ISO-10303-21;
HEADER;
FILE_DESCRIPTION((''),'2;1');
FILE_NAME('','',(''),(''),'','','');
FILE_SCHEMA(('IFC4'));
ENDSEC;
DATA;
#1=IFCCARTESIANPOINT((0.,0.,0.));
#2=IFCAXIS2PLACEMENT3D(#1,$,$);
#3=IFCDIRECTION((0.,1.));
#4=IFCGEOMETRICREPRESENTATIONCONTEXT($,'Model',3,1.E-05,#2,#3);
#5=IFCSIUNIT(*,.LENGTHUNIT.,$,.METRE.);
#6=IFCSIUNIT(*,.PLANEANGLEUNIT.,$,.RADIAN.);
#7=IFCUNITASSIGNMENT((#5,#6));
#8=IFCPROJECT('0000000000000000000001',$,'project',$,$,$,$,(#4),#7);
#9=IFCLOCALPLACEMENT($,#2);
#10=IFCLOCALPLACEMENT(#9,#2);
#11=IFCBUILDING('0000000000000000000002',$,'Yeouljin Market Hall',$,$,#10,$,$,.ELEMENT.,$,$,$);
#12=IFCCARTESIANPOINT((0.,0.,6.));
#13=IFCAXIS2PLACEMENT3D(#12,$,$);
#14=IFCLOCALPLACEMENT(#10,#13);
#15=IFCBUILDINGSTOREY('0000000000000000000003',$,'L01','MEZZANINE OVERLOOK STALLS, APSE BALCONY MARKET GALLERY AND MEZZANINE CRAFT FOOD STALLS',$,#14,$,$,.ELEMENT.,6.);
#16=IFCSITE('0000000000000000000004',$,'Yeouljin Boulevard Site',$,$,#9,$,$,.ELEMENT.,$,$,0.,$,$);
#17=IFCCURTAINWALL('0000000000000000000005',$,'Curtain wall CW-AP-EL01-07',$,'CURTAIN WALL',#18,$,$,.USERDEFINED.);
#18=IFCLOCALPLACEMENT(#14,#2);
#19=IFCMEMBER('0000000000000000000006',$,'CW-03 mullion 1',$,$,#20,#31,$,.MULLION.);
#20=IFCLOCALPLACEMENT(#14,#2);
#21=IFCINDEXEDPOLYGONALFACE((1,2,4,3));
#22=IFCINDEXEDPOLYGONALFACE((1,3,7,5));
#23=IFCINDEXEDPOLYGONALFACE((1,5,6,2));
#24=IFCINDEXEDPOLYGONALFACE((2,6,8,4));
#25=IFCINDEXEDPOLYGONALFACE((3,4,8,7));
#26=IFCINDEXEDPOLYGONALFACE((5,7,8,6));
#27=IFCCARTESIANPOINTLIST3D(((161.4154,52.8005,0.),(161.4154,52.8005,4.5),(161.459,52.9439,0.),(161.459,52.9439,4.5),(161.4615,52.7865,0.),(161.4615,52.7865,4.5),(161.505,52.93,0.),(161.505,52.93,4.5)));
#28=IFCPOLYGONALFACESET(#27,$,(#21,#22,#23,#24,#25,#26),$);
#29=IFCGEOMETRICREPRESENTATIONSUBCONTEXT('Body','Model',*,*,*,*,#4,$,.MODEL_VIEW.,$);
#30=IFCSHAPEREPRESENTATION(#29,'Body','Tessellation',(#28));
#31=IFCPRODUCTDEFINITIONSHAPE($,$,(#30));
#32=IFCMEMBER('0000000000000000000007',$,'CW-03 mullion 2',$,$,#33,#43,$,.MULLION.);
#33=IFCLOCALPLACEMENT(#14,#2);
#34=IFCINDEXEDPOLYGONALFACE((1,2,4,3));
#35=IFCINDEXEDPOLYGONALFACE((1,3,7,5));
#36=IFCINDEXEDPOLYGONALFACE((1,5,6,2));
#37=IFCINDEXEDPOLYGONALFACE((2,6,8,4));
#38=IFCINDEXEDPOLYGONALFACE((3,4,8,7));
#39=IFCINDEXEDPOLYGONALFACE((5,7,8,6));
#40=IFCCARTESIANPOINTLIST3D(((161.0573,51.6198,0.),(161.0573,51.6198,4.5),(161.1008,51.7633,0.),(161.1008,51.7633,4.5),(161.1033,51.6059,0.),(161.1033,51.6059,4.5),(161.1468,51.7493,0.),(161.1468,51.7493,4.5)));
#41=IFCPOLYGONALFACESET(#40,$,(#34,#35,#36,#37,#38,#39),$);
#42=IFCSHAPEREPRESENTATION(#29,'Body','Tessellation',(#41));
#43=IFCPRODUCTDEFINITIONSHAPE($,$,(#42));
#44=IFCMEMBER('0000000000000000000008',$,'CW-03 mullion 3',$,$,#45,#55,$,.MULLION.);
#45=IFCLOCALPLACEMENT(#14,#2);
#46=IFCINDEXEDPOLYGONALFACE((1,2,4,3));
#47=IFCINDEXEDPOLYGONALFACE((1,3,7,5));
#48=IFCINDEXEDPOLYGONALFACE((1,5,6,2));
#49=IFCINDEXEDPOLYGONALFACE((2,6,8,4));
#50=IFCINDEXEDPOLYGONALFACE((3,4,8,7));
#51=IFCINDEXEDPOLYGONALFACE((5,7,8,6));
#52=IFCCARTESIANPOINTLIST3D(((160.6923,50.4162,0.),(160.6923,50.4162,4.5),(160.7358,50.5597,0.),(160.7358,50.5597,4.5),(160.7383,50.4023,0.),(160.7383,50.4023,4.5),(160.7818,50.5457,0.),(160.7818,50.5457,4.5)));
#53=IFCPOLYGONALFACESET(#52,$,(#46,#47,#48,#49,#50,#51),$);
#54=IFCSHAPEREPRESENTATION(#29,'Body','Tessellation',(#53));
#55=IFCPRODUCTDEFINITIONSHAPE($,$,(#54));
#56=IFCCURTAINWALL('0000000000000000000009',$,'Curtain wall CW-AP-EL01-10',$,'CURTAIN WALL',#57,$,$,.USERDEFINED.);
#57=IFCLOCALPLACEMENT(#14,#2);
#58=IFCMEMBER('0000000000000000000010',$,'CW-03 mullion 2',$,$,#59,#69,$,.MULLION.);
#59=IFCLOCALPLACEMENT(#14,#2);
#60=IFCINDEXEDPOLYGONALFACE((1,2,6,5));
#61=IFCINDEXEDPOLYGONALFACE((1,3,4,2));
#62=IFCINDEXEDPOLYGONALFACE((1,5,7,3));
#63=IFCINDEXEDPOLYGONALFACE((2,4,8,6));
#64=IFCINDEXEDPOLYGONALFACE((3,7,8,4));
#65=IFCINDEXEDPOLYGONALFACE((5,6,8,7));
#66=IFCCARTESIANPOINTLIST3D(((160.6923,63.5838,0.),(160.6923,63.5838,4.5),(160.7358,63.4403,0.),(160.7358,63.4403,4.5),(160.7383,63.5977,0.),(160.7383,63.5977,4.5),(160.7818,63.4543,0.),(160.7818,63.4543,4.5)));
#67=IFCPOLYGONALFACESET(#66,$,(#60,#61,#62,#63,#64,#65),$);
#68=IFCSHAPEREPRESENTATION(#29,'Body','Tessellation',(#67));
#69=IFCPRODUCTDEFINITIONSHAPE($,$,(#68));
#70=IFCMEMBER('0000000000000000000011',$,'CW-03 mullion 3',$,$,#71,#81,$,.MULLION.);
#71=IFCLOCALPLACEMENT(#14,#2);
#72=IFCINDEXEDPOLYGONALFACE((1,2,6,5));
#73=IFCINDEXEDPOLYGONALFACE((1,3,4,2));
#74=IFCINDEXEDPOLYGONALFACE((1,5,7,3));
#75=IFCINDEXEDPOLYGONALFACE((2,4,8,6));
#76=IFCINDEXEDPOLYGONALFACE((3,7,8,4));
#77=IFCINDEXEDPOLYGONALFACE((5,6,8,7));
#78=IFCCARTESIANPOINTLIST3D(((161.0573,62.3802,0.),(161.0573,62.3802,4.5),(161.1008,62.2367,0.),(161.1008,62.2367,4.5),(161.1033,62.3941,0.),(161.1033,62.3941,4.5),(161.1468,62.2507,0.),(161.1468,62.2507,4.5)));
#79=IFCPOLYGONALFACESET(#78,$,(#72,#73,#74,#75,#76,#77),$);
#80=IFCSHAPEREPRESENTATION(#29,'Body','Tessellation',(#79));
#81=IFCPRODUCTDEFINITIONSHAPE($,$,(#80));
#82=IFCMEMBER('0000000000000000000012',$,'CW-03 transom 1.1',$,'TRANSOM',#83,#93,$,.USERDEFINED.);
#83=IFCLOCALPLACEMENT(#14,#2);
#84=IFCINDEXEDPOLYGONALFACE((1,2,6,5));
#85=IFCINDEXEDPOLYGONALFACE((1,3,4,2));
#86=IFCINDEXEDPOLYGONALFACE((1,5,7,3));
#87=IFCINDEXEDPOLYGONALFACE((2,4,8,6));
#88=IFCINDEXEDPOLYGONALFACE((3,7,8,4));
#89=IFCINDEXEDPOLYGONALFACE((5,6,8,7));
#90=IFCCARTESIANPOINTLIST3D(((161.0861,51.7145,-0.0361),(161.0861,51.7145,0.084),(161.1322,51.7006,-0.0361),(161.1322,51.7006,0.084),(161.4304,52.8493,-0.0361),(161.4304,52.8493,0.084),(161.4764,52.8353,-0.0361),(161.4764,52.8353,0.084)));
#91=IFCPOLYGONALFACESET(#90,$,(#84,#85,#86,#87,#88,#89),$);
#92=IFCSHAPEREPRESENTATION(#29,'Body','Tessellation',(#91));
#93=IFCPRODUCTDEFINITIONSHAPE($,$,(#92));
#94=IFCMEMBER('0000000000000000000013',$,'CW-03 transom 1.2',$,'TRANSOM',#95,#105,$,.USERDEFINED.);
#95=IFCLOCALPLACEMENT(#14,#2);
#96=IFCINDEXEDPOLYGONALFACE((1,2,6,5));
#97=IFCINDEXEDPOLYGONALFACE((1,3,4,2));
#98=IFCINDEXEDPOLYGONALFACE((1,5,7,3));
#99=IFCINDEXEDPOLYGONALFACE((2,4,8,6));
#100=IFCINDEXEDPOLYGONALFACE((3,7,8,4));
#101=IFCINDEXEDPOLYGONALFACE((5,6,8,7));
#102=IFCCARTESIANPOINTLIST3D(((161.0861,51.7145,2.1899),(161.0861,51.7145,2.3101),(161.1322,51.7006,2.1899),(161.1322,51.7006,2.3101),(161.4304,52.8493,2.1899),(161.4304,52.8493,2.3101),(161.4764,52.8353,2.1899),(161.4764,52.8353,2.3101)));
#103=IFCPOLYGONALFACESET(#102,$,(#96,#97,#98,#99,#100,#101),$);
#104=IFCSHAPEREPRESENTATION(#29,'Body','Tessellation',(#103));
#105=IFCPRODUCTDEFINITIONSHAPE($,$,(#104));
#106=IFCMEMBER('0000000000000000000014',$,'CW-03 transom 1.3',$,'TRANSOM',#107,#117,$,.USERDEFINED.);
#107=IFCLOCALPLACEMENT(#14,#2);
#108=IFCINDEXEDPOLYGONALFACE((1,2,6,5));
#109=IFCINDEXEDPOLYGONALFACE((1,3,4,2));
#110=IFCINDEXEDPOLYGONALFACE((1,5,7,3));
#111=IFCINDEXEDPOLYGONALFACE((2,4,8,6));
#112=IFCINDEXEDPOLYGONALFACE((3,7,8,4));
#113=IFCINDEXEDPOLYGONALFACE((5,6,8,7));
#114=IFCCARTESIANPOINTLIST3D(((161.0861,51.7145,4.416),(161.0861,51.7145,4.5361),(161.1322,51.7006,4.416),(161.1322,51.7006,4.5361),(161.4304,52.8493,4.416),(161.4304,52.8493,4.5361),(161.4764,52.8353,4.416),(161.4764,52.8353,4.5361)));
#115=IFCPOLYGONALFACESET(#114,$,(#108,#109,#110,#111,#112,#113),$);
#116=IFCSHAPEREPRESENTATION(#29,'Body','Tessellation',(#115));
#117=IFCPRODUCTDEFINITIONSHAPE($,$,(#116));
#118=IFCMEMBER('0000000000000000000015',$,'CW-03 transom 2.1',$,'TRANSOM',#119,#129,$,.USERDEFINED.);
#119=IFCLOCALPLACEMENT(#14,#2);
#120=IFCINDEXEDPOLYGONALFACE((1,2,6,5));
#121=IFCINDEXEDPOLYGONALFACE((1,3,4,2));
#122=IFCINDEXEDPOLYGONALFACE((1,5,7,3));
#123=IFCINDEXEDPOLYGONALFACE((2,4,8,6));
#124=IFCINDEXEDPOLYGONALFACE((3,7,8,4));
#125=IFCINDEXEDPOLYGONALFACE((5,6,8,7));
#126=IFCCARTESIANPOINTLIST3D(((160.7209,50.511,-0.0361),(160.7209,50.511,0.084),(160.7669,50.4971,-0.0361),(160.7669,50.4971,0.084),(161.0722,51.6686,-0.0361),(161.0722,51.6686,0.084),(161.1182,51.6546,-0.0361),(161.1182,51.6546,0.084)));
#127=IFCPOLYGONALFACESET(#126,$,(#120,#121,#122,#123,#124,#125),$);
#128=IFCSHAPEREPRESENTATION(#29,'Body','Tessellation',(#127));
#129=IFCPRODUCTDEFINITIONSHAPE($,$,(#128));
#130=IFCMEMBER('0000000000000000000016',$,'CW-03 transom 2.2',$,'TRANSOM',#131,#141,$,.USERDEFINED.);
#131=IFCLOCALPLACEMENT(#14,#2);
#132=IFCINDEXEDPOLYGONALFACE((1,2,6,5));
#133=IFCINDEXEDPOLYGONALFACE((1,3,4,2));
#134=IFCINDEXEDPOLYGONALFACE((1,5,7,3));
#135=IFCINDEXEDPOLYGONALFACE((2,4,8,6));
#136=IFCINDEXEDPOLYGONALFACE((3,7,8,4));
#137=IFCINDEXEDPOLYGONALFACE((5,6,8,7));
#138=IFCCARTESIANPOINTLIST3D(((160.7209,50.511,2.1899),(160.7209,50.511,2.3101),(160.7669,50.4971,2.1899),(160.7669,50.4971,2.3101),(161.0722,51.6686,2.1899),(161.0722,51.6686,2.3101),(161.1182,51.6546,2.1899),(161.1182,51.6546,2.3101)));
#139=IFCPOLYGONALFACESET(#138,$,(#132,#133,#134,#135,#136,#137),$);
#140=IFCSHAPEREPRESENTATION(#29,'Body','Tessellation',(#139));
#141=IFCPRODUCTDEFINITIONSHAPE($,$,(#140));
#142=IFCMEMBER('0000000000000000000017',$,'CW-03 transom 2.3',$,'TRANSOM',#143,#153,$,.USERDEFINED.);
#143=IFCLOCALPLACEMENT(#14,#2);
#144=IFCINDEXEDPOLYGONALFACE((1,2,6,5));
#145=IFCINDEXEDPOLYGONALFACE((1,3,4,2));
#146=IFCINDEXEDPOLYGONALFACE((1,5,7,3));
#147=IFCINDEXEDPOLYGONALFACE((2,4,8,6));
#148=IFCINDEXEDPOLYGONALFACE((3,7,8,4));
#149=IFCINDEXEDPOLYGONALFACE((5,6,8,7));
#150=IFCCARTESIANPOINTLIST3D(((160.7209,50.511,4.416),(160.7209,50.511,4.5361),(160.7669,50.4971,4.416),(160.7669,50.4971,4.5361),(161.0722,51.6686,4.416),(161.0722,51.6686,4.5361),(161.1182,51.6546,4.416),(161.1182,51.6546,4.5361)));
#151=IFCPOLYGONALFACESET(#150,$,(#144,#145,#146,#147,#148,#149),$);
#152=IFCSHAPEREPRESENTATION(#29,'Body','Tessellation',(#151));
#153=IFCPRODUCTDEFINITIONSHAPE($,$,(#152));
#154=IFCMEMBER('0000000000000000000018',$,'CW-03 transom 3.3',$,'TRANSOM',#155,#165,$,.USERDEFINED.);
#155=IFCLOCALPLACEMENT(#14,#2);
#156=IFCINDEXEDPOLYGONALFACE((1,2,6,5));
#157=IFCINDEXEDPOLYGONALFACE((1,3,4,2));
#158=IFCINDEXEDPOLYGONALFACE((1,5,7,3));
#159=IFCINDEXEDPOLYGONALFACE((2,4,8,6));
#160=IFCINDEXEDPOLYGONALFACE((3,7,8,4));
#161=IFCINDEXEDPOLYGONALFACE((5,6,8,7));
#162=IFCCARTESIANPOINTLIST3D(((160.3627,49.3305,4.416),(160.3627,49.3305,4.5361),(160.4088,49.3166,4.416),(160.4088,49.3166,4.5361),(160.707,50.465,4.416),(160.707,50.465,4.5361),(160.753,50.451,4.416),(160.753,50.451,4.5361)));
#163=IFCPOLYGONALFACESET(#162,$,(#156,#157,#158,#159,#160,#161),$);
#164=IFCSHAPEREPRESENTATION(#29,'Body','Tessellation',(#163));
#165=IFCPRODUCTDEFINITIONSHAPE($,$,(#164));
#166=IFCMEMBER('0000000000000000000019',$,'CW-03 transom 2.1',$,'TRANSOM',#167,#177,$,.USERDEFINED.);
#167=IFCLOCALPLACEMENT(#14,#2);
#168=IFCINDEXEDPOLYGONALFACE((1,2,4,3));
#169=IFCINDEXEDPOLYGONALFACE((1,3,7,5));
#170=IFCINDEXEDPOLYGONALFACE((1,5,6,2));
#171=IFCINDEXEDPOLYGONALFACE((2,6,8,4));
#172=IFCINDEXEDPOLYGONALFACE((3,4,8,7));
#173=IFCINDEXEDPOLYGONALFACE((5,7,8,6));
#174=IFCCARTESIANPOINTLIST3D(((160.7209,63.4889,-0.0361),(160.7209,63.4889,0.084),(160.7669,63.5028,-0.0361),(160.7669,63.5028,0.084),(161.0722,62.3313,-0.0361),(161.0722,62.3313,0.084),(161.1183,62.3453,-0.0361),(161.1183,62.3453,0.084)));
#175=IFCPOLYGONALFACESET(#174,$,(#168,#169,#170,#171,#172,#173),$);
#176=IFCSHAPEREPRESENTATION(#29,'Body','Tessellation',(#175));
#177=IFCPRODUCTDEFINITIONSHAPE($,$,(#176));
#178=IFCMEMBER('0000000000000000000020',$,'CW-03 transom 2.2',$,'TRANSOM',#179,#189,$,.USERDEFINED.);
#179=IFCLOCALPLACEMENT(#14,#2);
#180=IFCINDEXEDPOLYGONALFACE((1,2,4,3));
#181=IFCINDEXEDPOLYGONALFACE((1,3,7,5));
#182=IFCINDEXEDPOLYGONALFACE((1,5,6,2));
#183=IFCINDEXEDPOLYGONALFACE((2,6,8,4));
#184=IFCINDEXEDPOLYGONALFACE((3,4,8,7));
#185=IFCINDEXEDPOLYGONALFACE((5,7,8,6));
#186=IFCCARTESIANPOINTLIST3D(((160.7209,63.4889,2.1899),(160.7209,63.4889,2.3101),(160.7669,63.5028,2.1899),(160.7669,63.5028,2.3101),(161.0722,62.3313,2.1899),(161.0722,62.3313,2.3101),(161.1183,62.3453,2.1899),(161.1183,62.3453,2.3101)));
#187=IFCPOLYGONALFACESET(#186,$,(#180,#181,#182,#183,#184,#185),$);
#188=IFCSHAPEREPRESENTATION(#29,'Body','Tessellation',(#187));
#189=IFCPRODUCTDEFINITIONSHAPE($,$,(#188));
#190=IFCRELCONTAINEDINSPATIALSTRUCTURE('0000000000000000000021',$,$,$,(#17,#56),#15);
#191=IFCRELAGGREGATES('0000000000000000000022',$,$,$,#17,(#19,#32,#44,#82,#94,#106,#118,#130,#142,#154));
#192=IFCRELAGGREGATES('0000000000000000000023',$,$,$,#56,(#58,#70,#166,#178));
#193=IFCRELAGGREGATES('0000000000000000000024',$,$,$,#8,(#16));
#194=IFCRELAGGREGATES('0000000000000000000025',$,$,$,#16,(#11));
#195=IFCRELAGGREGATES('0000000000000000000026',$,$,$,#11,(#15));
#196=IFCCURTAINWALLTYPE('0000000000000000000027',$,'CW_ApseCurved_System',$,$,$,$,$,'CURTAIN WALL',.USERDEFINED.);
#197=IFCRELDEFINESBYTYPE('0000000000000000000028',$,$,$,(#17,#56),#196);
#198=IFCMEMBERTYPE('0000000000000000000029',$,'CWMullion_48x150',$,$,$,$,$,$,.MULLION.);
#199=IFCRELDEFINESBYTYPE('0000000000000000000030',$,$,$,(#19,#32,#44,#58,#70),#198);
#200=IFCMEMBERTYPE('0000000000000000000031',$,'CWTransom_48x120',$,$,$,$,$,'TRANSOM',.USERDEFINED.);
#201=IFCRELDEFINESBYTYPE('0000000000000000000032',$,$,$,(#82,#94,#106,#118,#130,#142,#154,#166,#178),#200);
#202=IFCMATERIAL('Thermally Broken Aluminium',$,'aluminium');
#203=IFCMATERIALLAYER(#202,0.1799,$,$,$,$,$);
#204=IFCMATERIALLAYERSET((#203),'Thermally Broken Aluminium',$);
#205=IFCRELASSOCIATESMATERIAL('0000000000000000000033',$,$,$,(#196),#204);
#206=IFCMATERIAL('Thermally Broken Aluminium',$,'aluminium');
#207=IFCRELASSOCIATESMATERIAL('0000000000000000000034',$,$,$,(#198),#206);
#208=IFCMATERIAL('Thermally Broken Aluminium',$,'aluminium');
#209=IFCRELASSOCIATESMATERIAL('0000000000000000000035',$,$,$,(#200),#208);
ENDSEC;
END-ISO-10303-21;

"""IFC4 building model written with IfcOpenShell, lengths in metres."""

from ifc_helpers import new_model, si_unit, direction, frame, origin, origin_2d, place, context, subcontext, project, spatial, rectangle, extrude, material, layer, layer_set, material_profile, profile_set, type_object, element, aggregate, save


model = new_model("IFC4")

# Units and contexts
model_context = context("Model", 3, precision=1e-05, world=origin(), true_north=direction((0.0, 1.0)))
body_context = subcontext(model_context, "Body", "Model", "MODEL_VIEW")
ifc_project = project(units=[si_unit("LENGTHUNIT", "METRE"), si_unit("PLANEANGLEUNIT", "RADIAN")], contexts=[model_context])

# Site, building, storey
site_placement = place(None, origin())
site = spatial("IfcSite", under=ifc_project, at=site_placement, Name="Yeouljin Boulevard Site", CompositionType="ELEMENT", RefElevation=0.0)
building_placement = place(site_placement, origin())
building = spatial("IfcBuilding", under=site, at=building_placement, Name="Yeouljin Market Hall", CompositionType="ELEMENT")
storey_placement = place(building_placement, frame((0.0, 0.0, 6.0)))
storey = spatial("IfcBuildingStorey", under=building, at=storey_placement, Name="L01", Description="MEZZANINE OVERLOOK STALLS, APSE BALCONY MARKET GALLERY AND MEZZANINE CRAFT FOOD STALLS", CompositionType="ELEMENT", Elevation=6.0)

# Curtain walls, members
ifc_material_1 = material(Name="Thermally Broken Aluminium", Category="aluminium")
ifc_layer_1 = layer(ifc_material_1, 0.1799)
ifc_layer_set_1 = layer_set([ifc_layer_1], Name="Thermally Broken Aluminium")
curtain_wall_type = type_object("IfcCurtainWallType", Name="CW_ApseCurved_System", ElementType="CURTAIN WALL", PredefinedType="USERDEFINED", material=ifc_layer_set_1)
curtain_wall_1_placement = place(storey_placement, origin())
curtain_wall_1 = element("IfcCurtainWall", 1, at=curtain_wall_1_placement, inside=storey, type_object=curtain_wall_type, Name="Curtain wall CW-AP-EL01-07", ObjectType="CURTAIN WALL", PredefinedType="USERDEFINED")
ifc_material_2 = material(Name="Thermally Broken Aluminium", Category="aluminium")
ifc_material_profile_1 = material_profile(ifc_material_2, rectangle(XDim=0.0481, YDim=0.1499, at=origin_2d()), Name="CW-MULL-48x150")
ifc_profile_set_1 = profile_set([ifc_material_profile_1], Name="Thermally Broken Aluminium")
member_type_1 = type_object("IfcMemberType", Name="CWMullion_48x150", PredefinedType="MULLION", material=ifc_profile_set_1)
member_1_placement = place(storey_placement, frame((161.4602, 52.8652, 0.0), z_axis=(0.0, 0.0, 1.0), x_axis=(0.95694, -0.290286, 0.0)))
member_1 = element("IfcMember", 2, at=member_1_placement, type_object=member_type_1, Name="CW-03 mullion 1", PredefinedType="MULLION", context=body_context, shape_type="SweptSolid", body=[
    extrude(rectangle(XDim=0.0481, YDim=0.1499, at=origin_2d()), origin(), (0.0, 0.0, 1.0), 4.5),
])
member_2_placement = place(storey_placement, frame((161.1021, 51.6846, 0.0), z_axis=(0.0, 0.0, 1.0), x_axis=(0.95694, -0.290286, 0.0)))
member_2 = element("IfcMember", 3, at=member_2_placement, type_object=member_type_1, Name="CW-03 mullion 2", PredefinedType="MULLION", context=body_context, shape_type="SweptSolid", body=[
    extrude(rectangle(XDim=0.0481, YDim=0.1499, at=origin_2d()), origin(), (0.0, 0.0, 1.0), 4.5),
])
member_3_placement = place(storey_placement, frame((160.7371, 50.481, 0.0), z_axis=(0.0, 0.0, 1.0), x_axis=(0.95694, -0.290286, 0.0)))
member_3 = element("IfcMember", 4, at=member_3_placement, type_object=member_type_1, Name="CW-03 mullion 3", PredefinedType="MULLION", context=body_context, shape_type="SweptSolid", body=[
    extrude(rectangle(XDim=0.0481, YDim=0.1499, at=origin_2d()), origin(), (0.0, 0.0, 1.0), 4.5),
])
curtain_wall_2_placement = place(storey_placement, origin())
curtain_wall_2 = element("IfcCurtainWall", 5, at=curtain_wall_2_placement, inside=storey, type_object=curtain_wall_type, Name="Curtain wall CW-AP-EL01-10", ObjectType="CURTAIN WALL", PredefinedType="USERDEFINED")
member_4_placement = place(storey_placement, frame((160.7371, 63.519, 0.0), z_axis=(0.0, 0.0, 1.0), x_axis=(0.95694, 0.290286, 0.0)))
member_4 = element("IfcMember", 6, at=member_4_placement, type_object=member_type_1, Name="CW-03 mullion 2", PredefinedType="MULLION", context=body_context, shape_type="SweptSolid", body=[
    extrude(rectangle(XDim=0.0481, YDim=0.1499, at=origin_2d()), origin(), (0.0, 0.0, 1.0), 4.5),
])
member_5_placement = place(storey_placement, frame((161.1021, 62.3154, 0.0), z_axis=(0.0, 0.0, 1.0), x_axis=(0.95694, 0.290286, 0.0)))
member_5 = element("IfcMember", 7, at=member_5_placement, type_object=member_type_1, Name="CW-03 mullion 3", PredefinedType="MULLION", context=body_context, shape_type="SweptSolid", body=[
    extrude(rectangle(XDim=0.0481, YDim=0.1499, at=origin_2d()), origin(), (0.0, 0.0, 1.0), 4.5),
])

# Members
ifc_material_3 = material(Name="Thermally Broken Aluminium", Category="aluminium")
ifc_material_profile_2 = material_profile(ifc_material_3, rectangle(XDim=0.0481, YDim=0.1201, at=origin_2d()), Name="CW-TRAN-48x120")
ifc_profile_set_2 = profile_set([ifc_material_profile_2], Name="Thermally Broken Aluminium")
member_type_2 = type_object("IfcMemberType", Name="CWTransom_48x120", ElementType="TRANSOM", PredefinedType="USERDEFINED", material=ifc_profile_set_2)
member_6_placement = place(storey_placement, frame((161.4534, 52.8423, 0.0239), z_axis=(-0.290293, -0.956938, 0.0), x_axis=(0.956938, -0.290293, 0.0)))
member_6 = element("IfcMember", 8, at=member_6_placement, type_object=member_type_2, Name="CW-03 transom 1.1", ObjectType="TRANSOM", PredefinedType="USERDEFINED", context=body_context, shape_type="SweptSolid", body=[
    extrude(rectangle(XDim=0.0481, YDim=0.1201, at=origin_2d()), origin(), (0.0, 0.0, 1.0), 1.1858),
])
member_7_placement = place(storey_placement, frame((161.4534, 52.8423, 2.25), z_axis=(-0.290293, -0.956938, 0.0), x_axis=(0.956938, -0.290293, 0.0)))
member_7 = element("IfcMember", 9, at=member_7_placement, type_object=member_type_2, Name="CW-03 transom 1.2", ObjectType="TRANSOM", PredefinedType="USERDEFINED", context=body_context, shape_type="SweptSolid", body=[
    extrude(rectangle(XDim=0.0481, YDim=0.1201, at=origin_2d()), origin(), (0.0, 0.0, 1.0), 1.1858),
])
member_8_placement = place(storey_placement, frame((161.4534, 52.8423, 4.4761), z_axis=(-0.290293, -0.956938, 0.0), x_axis=(0.956938, -0.290293, 0.0)))
member_8 = element("IfcMember", 10, at=member_8_placement, type_object=member_type_2, Name="CW-03 transom 1.3", ObjectType="TRANSOM", PredefinedType="USERDEFINED", context=body_context, shape_type="SweptSolid", body=[
    extrude(rectangle(XDim=0.0481, YDim=0.1201, at=origin_2d()), origin(), (0.0, 0.0, 1.0), 1.1858),
])
member_9_placement = place(storey_placement, frame((161.0952, 51.6616, 0.0239), z_axis=(-0.290439, -0.956894, 0.0), x_axis=(0.956894, -0.290439, 0.0)))
member_9 = element("IfcMember", 11, at=member_9_placement, type_object=member_type_2, Name="CW-03 transom 2.1", ObjectType="TRANSOM", PredefinedType="USERDEFINED", context=body_context, shape_type="SweptSolid", body=[
    extrude(rectangle(XDim=0.0481, YDim=0.1201, at=origin_2d()), origin(), (0.0, 0.0, 1.0), 1.2097),
])
member_10_placement = place(storey_placement, frame((161.0952, 51.6616, 2.25), z_axis=(-0.290439, -0.956894, 0.0), x_axis=(0.956894, -0.290439, 0.0)))
member_10 = element("IfcMember", 12, at=member_10_placement, type_object=member_type_2, Name="CW-03 transom 2.2", ObjectType="TRANSOM", PredefinedType="USERDEFINED", context=body_context, shape_type="SweptSolid", body=[
    extrude(rectangle(XDim=0.0481, YDim=0.1201, at=origin_2d()), origin(), (0.0, 0.0, 1.0), 1.2097),
])
member_11_placement = place(storey_placement, frame((161.0952, 51.6616, 4.4761), z_axis=(-0.290439, -0.956894, 0.0), x_axis=(0.956894, -0.290439, 0.0)))
member_11 = element("IfcMember", 13, at=member_11_placement, type_object=member_type_2, Name="CW-03 transom 2.3", ObjectType="TRANSOM", PredefinedType="USERDEFINED", context=body_context, shape_type="SweptSolid", body=[
    extrude(rectangle(XDim=0.0481, YDim=0.1201, at=origin_2d()), origin(), (0.0, 0.0, 1.0), 1.2097),
])
member_12_placement = place(storey_placement, frame((160.73, 50.458, 4.4761), z_axis=(-0.29035, -0.95692, 0.0), x_axis=(0.95692, -0.29035, 0.0)))
member_12 = element("IfcMember", 14, at=member_12_placement, type_object=member_type_2, Name="CW-03 transom 3.3", ObjectType="TRANSOM", PredefinedType="USERDEFINED", context=body_context, shape_type="SweptSolid", body=[
    extrude(rectangle(XDim=0.0481, YDim=0.1201, at=origin_2d()), origin(), (0.0, 0.0, 1.0), 1.1855),
])
member_13_placement = place(storey_placement, frame((160.7439, 63.4958, 0.0239), z_axis=(0.290439, -0.956894, 0.0), x_axis=(0.956894, 0.290439, 0.0)))
member_13 = element("IfcMember", 15, at=member_13_placement, type_object=member_type_2, Name="CW-03 transom 2.1", ObjectType="TRANSOM", PredefinedType="USERDEFINED", context=body_context, shape_type="SweptSolid", body=[
    extrude(rectangle(XDim=0.0481, YDim=0.1201, at=origin_2d()), origin(), (0.0, 0.0, 1.0), 1.2097),
])
member_14_placement = place(storey_placement, frame((160.7439, 63.4958, 2.25), z_axis=(0.290439, -0.956894, 0.0), x_axis=(0.956894, 0.290439, 0.0)))
member_14 = element("IfcMember", 16, at=member_14_placement, type_object=member_type_2, Name="CW-03 transom 2.2", ObjectType="TRANSOM", PredefinedType="USERDEFINED", context=body_context, shape_type="SweptSolid", body=[
    extrude(rectangle(XDim=0.0481, YDim=0.1201, at=origin_2d()), origin(), (0.0, 0.0, 1.0), 1.2097),
])

aggregate(curtain_wall_1, [member_1, member_2, member_3, member_6, member_7, member_8, member_9, member_10, member_11, member_12])
aggregate(curtain_wall_2, [member_4, member_5, member_13, member_14])

save(model, "model.ifc")
